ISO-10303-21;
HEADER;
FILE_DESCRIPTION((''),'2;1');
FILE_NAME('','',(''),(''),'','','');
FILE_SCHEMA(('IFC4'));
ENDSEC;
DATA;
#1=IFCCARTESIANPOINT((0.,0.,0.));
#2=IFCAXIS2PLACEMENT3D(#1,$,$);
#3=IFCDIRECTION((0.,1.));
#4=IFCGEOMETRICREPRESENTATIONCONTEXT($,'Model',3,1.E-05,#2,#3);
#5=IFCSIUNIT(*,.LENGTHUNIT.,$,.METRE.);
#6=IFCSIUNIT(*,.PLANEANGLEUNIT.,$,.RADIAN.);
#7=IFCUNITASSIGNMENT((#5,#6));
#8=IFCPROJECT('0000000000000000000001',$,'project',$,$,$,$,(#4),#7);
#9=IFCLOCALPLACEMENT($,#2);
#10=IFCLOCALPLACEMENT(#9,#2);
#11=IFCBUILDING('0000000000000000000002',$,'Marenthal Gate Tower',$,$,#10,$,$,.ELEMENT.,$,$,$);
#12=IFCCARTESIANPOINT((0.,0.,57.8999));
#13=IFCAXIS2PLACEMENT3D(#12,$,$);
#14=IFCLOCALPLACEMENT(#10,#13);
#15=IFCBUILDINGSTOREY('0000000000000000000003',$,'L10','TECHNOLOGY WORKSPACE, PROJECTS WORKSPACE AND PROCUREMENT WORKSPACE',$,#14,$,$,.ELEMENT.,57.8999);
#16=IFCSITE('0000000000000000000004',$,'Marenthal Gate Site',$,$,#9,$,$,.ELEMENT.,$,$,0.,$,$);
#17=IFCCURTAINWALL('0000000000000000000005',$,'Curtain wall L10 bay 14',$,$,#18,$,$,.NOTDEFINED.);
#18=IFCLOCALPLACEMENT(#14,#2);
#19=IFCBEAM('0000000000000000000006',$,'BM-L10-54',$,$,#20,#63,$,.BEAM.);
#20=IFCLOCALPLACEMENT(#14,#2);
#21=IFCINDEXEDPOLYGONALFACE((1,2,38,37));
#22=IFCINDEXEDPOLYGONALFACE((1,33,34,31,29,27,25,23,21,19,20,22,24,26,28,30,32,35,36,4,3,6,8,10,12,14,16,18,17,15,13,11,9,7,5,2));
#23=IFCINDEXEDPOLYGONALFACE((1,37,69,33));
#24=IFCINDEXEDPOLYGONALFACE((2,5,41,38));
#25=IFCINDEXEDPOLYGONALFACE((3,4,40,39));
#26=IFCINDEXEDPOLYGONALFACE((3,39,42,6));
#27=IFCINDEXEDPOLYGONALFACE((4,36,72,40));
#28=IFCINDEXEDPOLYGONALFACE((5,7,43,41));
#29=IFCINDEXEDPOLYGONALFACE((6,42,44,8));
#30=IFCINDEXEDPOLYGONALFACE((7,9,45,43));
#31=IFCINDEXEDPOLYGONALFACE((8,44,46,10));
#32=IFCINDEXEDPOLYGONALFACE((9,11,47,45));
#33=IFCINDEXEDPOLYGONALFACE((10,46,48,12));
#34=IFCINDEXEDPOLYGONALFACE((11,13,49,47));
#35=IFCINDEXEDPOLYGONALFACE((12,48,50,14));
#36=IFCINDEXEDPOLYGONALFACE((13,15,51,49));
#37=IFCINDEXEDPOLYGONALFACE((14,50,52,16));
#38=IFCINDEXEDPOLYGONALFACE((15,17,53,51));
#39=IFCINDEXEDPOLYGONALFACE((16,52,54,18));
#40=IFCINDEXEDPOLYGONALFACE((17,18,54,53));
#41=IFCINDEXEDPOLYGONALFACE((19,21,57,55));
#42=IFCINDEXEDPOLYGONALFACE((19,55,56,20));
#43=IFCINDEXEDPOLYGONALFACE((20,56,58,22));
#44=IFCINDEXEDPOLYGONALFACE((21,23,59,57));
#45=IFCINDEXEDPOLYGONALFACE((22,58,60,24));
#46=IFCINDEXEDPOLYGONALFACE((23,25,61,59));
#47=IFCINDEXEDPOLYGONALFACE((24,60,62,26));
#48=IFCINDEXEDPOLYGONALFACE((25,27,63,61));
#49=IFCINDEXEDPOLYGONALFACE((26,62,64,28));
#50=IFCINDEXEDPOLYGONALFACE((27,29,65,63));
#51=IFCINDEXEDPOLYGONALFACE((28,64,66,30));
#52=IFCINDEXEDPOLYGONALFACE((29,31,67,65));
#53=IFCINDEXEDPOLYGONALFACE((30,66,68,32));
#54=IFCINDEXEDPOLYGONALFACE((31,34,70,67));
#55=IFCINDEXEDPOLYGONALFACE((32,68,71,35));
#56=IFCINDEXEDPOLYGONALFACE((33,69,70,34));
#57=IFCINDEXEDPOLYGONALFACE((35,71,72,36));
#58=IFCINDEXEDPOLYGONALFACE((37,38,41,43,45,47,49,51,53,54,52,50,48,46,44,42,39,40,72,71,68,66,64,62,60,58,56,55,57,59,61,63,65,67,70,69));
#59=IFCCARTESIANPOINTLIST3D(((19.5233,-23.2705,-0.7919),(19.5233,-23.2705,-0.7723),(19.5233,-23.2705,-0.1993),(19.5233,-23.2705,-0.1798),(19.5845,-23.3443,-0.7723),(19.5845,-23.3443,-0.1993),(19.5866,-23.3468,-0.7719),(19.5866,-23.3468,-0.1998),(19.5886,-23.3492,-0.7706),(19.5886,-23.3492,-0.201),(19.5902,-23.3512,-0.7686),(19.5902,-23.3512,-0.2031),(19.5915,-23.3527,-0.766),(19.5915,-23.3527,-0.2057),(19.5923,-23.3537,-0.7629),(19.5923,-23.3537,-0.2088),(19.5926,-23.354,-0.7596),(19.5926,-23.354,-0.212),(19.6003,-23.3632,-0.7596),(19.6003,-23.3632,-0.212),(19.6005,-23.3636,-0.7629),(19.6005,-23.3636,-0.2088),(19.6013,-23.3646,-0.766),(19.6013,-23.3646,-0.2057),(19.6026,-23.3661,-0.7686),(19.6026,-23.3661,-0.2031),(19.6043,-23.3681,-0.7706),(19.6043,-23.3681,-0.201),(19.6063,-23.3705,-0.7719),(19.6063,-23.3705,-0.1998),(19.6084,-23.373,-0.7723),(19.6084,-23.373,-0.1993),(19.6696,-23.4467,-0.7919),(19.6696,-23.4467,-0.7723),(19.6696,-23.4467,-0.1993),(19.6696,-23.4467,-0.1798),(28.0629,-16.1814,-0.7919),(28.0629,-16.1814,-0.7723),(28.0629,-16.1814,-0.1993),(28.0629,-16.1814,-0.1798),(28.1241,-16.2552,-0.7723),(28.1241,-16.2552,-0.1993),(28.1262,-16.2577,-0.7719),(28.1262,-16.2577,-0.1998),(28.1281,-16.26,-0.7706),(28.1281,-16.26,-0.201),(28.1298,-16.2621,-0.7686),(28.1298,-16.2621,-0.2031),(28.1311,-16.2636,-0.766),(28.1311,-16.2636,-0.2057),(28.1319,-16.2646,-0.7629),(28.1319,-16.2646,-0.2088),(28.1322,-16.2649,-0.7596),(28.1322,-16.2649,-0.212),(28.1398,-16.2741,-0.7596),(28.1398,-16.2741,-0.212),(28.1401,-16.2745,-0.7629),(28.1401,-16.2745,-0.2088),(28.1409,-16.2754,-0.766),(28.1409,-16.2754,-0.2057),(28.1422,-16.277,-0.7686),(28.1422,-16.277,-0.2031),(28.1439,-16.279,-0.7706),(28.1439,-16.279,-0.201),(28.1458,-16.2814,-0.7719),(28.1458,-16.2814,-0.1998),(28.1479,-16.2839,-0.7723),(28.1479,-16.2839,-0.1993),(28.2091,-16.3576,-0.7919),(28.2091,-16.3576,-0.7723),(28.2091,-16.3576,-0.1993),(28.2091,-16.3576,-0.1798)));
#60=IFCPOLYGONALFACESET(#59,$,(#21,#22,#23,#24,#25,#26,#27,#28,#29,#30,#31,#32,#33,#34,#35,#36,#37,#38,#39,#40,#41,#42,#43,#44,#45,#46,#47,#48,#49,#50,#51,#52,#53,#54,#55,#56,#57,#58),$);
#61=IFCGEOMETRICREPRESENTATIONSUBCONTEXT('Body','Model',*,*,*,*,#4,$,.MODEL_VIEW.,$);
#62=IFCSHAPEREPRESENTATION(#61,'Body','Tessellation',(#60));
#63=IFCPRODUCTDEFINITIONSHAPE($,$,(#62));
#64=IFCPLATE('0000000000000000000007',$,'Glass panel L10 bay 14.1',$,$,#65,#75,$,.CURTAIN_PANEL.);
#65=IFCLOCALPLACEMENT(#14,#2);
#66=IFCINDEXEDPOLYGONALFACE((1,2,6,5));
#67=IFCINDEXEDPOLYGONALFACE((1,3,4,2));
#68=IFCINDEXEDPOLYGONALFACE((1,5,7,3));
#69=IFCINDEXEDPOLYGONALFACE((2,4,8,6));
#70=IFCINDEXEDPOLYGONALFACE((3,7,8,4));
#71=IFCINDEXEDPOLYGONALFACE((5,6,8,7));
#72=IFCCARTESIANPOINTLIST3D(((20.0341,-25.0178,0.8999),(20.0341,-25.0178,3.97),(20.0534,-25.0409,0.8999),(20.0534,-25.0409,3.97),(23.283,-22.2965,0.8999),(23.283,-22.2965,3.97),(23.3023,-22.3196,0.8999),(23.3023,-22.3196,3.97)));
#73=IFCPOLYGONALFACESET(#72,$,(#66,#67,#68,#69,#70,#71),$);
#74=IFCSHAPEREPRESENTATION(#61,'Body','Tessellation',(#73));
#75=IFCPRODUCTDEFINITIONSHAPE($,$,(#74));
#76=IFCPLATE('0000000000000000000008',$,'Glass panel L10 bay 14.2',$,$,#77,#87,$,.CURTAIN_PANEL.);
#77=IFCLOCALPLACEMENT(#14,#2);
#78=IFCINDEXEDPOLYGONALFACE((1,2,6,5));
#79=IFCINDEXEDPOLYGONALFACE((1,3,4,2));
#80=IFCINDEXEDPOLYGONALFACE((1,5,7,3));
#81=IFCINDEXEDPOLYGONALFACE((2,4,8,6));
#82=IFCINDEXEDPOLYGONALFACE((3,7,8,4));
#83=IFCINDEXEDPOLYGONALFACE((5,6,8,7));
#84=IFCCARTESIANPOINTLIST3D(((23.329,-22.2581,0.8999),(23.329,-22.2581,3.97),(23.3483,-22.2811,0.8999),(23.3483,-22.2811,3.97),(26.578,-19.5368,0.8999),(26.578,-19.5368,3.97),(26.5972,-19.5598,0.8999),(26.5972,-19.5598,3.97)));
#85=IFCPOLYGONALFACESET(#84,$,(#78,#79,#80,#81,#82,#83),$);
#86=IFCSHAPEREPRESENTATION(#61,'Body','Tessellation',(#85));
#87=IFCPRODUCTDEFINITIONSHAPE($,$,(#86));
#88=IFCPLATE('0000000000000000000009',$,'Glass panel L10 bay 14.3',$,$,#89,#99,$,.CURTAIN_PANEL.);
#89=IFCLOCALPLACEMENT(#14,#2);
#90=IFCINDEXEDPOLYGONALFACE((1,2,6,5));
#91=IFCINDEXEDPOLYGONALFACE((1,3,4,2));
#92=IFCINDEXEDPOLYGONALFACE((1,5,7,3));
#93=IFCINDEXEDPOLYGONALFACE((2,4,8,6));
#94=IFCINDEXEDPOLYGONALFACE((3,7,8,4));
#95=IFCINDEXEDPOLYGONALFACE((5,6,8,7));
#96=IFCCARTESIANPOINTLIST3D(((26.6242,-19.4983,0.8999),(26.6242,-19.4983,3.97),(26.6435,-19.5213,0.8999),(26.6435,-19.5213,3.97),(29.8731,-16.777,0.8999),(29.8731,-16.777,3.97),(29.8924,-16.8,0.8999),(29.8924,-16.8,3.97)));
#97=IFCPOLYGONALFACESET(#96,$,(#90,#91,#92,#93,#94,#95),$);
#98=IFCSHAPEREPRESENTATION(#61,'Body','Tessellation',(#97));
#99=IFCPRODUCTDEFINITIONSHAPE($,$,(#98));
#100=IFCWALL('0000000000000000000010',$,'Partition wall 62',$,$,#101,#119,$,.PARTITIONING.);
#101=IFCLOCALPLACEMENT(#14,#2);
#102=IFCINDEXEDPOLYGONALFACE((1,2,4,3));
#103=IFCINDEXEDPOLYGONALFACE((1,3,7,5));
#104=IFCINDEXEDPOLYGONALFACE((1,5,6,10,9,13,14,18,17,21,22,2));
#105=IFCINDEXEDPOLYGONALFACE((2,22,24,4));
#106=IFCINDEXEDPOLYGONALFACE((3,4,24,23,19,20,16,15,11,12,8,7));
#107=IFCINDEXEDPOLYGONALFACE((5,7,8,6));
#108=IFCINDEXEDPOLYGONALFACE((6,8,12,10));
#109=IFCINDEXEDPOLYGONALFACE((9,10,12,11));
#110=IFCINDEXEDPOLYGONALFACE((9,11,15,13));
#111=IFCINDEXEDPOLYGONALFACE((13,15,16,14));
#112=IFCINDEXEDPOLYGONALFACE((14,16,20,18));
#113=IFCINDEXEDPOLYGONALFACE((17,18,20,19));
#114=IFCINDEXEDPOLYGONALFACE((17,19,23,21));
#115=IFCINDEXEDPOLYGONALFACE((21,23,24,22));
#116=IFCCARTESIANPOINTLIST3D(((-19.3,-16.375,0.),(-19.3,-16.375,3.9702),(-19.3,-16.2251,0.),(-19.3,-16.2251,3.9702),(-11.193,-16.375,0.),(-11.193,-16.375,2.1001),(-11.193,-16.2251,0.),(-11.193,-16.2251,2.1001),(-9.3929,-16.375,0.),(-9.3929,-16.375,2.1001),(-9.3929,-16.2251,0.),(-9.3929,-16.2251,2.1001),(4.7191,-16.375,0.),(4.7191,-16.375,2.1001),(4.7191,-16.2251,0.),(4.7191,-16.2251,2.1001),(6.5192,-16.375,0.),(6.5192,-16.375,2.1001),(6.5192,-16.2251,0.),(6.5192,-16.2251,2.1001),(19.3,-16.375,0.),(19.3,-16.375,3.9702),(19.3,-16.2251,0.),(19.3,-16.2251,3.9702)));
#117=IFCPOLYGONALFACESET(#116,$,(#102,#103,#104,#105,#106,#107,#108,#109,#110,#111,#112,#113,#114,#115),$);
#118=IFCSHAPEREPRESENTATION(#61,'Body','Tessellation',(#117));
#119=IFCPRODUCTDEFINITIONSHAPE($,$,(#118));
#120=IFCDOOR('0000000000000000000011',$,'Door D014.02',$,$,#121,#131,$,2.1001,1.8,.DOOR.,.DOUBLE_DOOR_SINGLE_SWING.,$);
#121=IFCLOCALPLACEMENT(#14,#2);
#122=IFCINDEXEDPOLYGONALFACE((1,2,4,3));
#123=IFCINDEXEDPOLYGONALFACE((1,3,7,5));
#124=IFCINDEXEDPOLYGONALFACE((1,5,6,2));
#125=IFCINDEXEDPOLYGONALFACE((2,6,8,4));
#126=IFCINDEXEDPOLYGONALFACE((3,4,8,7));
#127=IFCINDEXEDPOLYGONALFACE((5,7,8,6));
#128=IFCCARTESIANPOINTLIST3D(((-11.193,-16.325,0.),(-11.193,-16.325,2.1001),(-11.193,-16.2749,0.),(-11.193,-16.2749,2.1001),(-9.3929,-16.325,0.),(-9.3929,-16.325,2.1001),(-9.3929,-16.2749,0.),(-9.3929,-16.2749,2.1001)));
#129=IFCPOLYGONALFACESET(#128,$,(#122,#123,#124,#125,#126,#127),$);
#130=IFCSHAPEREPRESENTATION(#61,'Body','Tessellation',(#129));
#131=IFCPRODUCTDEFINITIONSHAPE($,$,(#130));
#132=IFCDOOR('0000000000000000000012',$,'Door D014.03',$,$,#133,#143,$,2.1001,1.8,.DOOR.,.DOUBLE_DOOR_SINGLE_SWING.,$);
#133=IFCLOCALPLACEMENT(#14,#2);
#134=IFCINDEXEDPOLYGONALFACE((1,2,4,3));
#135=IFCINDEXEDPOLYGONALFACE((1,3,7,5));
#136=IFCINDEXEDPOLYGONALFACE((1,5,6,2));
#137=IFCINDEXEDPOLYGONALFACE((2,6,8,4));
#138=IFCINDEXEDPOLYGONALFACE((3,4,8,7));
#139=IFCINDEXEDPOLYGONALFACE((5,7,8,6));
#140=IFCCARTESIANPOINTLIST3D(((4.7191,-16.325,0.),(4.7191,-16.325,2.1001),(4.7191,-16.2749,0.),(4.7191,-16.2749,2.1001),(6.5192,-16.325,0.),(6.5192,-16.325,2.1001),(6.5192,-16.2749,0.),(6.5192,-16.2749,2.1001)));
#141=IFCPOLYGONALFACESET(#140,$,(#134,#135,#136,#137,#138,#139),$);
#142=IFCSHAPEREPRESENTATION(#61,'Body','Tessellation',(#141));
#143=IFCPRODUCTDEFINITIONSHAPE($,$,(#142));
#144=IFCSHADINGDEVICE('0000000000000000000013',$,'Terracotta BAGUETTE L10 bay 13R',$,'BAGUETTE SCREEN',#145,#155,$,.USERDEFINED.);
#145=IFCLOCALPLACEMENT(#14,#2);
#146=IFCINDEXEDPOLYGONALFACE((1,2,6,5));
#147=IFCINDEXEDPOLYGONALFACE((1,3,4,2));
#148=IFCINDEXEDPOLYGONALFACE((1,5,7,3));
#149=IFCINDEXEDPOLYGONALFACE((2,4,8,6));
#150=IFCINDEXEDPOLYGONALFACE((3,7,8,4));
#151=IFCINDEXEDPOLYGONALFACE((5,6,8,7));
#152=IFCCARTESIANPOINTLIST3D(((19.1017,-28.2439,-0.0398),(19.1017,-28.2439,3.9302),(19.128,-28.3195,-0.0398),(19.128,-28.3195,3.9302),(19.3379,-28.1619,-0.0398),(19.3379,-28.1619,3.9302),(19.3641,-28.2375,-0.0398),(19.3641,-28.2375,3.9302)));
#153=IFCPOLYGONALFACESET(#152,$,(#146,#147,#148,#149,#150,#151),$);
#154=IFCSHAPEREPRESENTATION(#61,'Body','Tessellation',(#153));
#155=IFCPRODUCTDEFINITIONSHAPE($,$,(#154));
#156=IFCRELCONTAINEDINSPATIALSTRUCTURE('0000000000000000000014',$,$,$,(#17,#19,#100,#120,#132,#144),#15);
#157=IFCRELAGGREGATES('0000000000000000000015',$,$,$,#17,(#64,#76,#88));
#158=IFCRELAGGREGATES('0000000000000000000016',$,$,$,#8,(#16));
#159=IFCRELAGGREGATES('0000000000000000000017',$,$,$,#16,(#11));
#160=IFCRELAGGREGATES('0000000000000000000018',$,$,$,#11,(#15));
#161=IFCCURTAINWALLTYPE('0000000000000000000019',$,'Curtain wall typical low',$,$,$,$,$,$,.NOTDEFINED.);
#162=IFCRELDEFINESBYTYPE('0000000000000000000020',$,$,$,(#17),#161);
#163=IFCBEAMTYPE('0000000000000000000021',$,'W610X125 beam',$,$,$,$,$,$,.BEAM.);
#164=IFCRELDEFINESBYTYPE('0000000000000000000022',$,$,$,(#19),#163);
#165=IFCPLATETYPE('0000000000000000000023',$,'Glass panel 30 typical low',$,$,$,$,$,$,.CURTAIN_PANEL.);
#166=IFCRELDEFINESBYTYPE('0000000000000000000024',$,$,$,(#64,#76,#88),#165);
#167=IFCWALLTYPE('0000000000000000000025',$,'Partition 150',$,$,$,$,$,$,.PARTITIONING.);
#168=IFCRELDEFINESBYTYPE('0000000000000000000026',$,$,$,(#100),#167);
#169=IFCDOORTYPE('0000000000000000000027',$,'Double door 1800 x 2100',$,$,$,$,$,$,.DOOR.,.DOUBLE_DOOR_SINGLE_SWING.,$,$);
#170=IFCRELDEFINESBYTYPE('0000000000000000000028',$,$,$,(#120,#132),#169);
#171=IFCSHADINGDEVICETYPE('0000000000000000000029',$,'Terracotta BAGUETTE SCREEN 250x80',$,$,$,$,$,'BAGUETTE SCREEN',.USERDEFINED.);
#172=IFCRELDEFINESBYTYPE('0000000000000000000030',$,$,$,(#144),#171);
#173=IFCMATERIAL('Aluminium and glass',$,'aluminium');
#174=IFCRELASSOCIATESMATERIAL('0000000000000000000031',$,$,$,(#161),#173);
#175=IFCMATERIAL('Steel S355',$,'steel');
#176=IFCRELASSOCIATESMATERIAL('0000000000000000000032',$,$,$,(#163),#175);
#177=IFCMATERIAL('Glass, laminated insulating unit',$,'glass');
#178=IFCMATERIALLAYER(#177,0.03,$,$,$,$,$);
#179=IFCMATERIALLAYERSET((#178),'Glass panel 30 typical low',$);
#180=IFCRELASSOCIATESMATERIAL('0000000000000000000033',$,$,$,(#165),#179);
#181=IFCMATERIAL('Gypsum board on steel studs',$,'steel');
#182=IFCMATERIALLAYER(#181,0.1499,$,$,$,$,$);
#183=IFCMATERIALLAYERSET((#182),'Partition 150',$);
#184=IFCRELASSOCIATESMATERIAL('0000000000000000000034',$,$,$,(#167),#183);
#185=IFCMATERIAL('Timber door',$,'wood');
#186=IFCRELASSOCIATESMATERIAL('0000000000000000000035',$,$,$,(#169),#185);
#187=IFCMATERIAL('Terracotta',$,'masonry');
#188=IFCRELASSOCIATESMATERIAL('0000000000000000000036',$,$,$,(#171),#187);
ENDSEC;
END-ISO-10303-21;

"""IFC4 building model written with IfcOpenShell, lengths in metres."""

from ifc_helpers import new_model, si_unit, direction, frame, frame_2d, origin, origin_2d, place, context, subcontext, project, spatial, rectangle, i_section, extrude, material, layer, layer_set, material_profile, profile_set, type_object, element, fill, aggregate, save


model = new_model("IFC4")

# Units and contexts
model_context = context("Model", 3, precision=1e-05, world=origin(), true_north=direction((0.0, 1.0)))
body_context = subcontext(model_context, "Body", "Model", "MODEL_VIEW")
ifc_project = project(units=[si_unit("LENGTHUNIT", "METRE"), si_unit("PLANEANGLEUNIT", "RADIAN")], contexts=[model_context])

# Site, building, storey
site_placement = place(None, origin())
site = spatial("IfcSite", under=ifc_project, at=site_placement, Name="Marenthal Gate Site", CompositionType="ELEMENT", RefElevation=0.0)
building_placement = place(site_placement, origin())
building = spatial("IfcBuilding", under=site, at=building_placement, Name="Marenthal Gate Tower", CompositionType="ELEMENT")
storey_placement = place(building_placement, frame((0.0, 0.0, 57.8999)))
storey = spatial("IfcBuildingStorey", under=building, at=storey_placement, Name="L10", Description="TECHNOLOGY WORKSPACE, PROJECTS WORKSPACE AND PROCUREMENT WORKSPACE", CompositionType="ELEMENT", Elevation=57.8999)

# Curtain wall
ifc_material_1 = material(Name="Aluminium and glass", Category="aluminium")
curtain_wall_type = type_object("IfcCurtainWallType", Name="Curtain wall typical low", PredefinedType="NOTDEFINED", material=ifc_material_1)
curtain_wall_placement = place(storey_placement, origin())
curtain_wall = element("IfcCurtainWall", 1, at=curtain_wall_placement, inside=storey, type_object=curtain_wall_type, Name="Curtain wall L10 bay 14", PredefinedType="NOTDEFINED")

# Beam
ifc_material_2 = material(Name="Steel S355", Category="steel")
ifc_material_profile_1 = material_profile(ifc_material_2, i_section(OverallWidth=0.229, OverallDepth=0.6121, WebThickness=0.012, FlangeThickness=0.0195, FilletRadius=0.0127, at=origin_2d()), Name="W610X125")
ifc_profile_set_1 = profile_set([ifc_material_profile_1], Name="Steel S355")
beam_type_1 = type_object("IfcBeamType", Name="W610X125 beam", PredefinedType="BEAM", material=ifc_profile_set_1)
beam_1_placement = place(storey_placement, frame((19.5964, -23.3586, -0.4858), z_axis=(0.769424, 0.638738, 0.0), x_axis=(-0.638738, 0.769424, 0.0)))
element("IfcBeam", 2, at=beam_1_placement, inside=storey, type_object=beam_type_1, Name="BM-L10-54", PredefinedType="BEAM", context=body_context, shape_type="SweptSolid", body=[
    extrude(i_section(OverallWidth=0.229, OverallDepth=0.6121, WebThickness=0.012, FlangeThickness=0.0195, FilletRadius=0.0127, at=origin_2d()), origin(), (0.0, 0.0, 1.0), 11.0986),
])

# Plates
ifc_material_3 = material(Name="Glass, laminated insulating unit", Category="glass")
ifc_layer_1 = layer(ifc_material_3, 0.03)
ifc_layer_set_1 = layer_set([ifc_layer_1], Name="Glass panel 30 typical low")
plate_type = type_object("IfcPlateType", Name="Glass panel 30 typical low", PredefinedType="CURTAIN_PANEL", material=ifc_layer_set_1)
plate_1_placement = place(storey_placement, frame((21.6682, -23.6687, 0.8999), z_axis=(0.0, 0.0, 1.0), x_axis=(0.766611, 0.642112, 0.0)))
plate_1 = element("IfcPlate", 3, at=plate_1_placement, type_object=plate_type, Name="Glass panel L10 bay 14.1", PredefinedType="CURTAIN_PANEL", context=body_context, shape_type="SweptSolid", body=[
    extrude(rectangle(XDim=4.238, YDim=0.03, at=origin_2d()), origin(), (0.0, 0.0, 1.0), 3.0701),
])
plate_2_placement = place(storey_placement, frame((24.9631, -20.9089, 0.8999), z_axis=(0.0, 0.0, 1.0), x_axis=(0.766611, 0.642112, 0.0)))
plate_2 = element("IfcPlate", 4, at=plate_2_placement, type_object=plate_type, Name="Glass panel L10 bay 14.2", PredefinedType="CURTAIN_PANEL", context=body_context, shape_type="SweptSolid", body=[
    extrude(rectangle(XDim=4.238, YDim=0.03, at=origin_2d()), origin(), (0.0, 0.0, 1.0), 3.0701),
])
plate_3_placement = place(storey_placement, frame((28.2583, -18.1492, 0.8999), z_axis=(0.0, 0.0, 1.0), x_axis=(0.766611, 0.642112, 0.0)))
plate_3 = element("IfcPlate", 5, at=plate_3_placement, type_object=plate_type, Name="Glass panel L10 bay 14.3", PredefinedType="CURTAIN_PANEL", context=body_context, shape_type="SweptSolid", body=[
    extrude(rectangle(XDim=4.238, YDim=0.03, at=origin_2d()), origin(), (0.0, 0.0, 1.0), 3.0701),
])
aggregate(curtain_wall, [plate_1, plate_2, plate_3])

# Wall, openings, doors
ifc_material_4 = material(Name="Gypsum board on steel studs", Category="steel")
ifc_layer_2 = layer(ifc_material_4, 0.1499)
ifc_layer_set_2 = layer_set([ifc_layer_2], Name="Partition 150")
wall_type_1 = type_object("IfcWallType", Name="Partition 150", PredefinedType="PARTITIONING", material=ifc_layer_set_2)
wall_1_placement = place(storey_placement, frame((19.3, -16.3, 0.0), z_axis=(0.0, 0.0, 1.0), x_axis=(-1.0, 0.0, 0.0)))
wall_1 = element("IfcWall", 6, at=wall_1_placement, inside=storey, type_object=wall_type_1, Name="Partition wall 62", PredefinedType="PARTITIONING", context=body_context, shape_type="SweptSolid", body=[
    extrude(rectangle(XDim=38.6001, YDim=0.1499, at=frame_2d((19.3, 0.0))), origin(), (0.0, 0.0, 1.0), 3.9702),
])
opening_1_placement = place(wall_1_placement, frame((28.6931, 0.0, 0.0)))
opening_1 = element("IfcOpeningElement", 7, at=opening_1_placement, cuts=wall_1, PredefinedType="OPENING", context=body_context, shape_type="SweptSolid", body=[
    extrude(rectangle(XDim=1.8, YDim=2.1001, at=frame_2d((0.8999, 1.05))), frame((0.0, 0.085, 0.0), z_axis=(0.0, -1.0, 0.0), x_axis=(1.0, 0.0, 0.0)), (0.0, 0.0, 1.0), 0.1699),
])
opening_2_placement = place(wall_1_placement, frame((12.781, 0.0, 0.0)))
opening_2 = element("IfcOpeningElement", 8, at=opening_2_placement, cuts=wall_1, PredefinedType="OPENING", context=body_context, shape_type="SweptSolid", body=[
    extrude(rectangle(XDim=1.8, YDim=2.1001, at=frame_2d((0.8999, 1.05))), frame((0.0, 0.085, 0.0), z_axis=(0.0, -1.0, 0.0), x_axis=(1.0, 0.0, 0.0)), (0.0, 0.0, 1.0), 0.1699),
])
ifc_material_5 = material(Name="Timber door", Category="wood")
door_type_1 = type_object("IfcDoorType", Name="Double door 1800 x 2100", OperationType="DOUBLE_DOOR_SINGLE_SWING", PredefinedType="DOOR", material=ifc_material_5)
door_1_placement = place(opening_1_placement, origin())
door_1 = element("IfcDoor", 9, at=door_1_placement, inside=storey, type_object=door_type_1, Name="Door D014.02", OperationType="DOUBLE_DOOR_SINGLE_SWING", OverallHeight=2.1001, OverallWidth=1.8, PredefinedType="DOOR", context=body_context, shape_type="SweptSolid", body=[
    extrude(rectangle(XDim=1.8, YDim=2.1001, at=frame_2d((0.8999, 1.05))), frame((0.0, 0.0249, 0.0), z_axis=(0.0, -1.0, 0.0), x_axis=(1.0, 0.0, 0.0)), (0.0, 0.0, 1.0), 0.05),
])
fill(opening_1, door_1)
door_2_placement = place(opening_2_placement, origin())
door_2 = element("IfcDoor", 10, at=door_2_placement, inside=storey, type_object=door_type_1, Name="Door D014.03", OperationType="DOUBLE_DOOR_SINGLE_SWING", OverallHeight=2.1001, OverallWidth=1.8, PredefinedType="DOOR", context=body_context, shape_type="SweptSolid", body=[
    extrude(rectangle(XDim=1.8, YDim=2.1001, at=frame_2d((0.8999, 1.05))), frame((0.0, 0.0249, 0.0), z_axis=(0.0, -1.0, 0.0), x_axis=(1.0, 0.0, 0.0)), (0.0, 0.0, 1.0), 0.05),
])
fill(opening_2, door_2)

# Shading device
ifc_material_6 = material(Name="Terracotta", Category="masonry")
ifc_material_profile_2 = material_profile(ifc_material_6, rectangle(XDim=0.25, YDim=0.0801, at=origin_2d()), Name="Terracotta baguette 250x80")
ifc_profile_set_2 = profile_set([ifc_material_profile_2], Name="Terracotta")
shading_device_type = type_object("IfcShadingDeviceType", Name="Terracotta BAGUETTE SCREEN 250x80", ElementType="BAGUETTE SCREEN", PredefinedType="USERDEFINED", material=ifc_profile_set_2)
shading_device_placement = place(storey_placement, frame((19.2329, -28.2407, -0.0398), z_axis=(0.0, 0.0, 1.0), x_axis=(0.944672, 0.328016, 0.0)))
element("IfcShadingDevice", 11, at=shading_device_placement, inside=storey, type_object=shading_device_type, Name="Terracotta BAGUETTE L10 bay 13R", ObjectType="BAGUETTE SCREEN", PredefinedType="USERDEFINED", context=body_context, shape_type="SweptSolid", body=[
    extrude(rectangle(XDim=0.25, YDim=0.0801, at=origin_2d()), origin(), (0.0, 0.0, 1.0), 3.97),
])

save(model, "model.ifc")
